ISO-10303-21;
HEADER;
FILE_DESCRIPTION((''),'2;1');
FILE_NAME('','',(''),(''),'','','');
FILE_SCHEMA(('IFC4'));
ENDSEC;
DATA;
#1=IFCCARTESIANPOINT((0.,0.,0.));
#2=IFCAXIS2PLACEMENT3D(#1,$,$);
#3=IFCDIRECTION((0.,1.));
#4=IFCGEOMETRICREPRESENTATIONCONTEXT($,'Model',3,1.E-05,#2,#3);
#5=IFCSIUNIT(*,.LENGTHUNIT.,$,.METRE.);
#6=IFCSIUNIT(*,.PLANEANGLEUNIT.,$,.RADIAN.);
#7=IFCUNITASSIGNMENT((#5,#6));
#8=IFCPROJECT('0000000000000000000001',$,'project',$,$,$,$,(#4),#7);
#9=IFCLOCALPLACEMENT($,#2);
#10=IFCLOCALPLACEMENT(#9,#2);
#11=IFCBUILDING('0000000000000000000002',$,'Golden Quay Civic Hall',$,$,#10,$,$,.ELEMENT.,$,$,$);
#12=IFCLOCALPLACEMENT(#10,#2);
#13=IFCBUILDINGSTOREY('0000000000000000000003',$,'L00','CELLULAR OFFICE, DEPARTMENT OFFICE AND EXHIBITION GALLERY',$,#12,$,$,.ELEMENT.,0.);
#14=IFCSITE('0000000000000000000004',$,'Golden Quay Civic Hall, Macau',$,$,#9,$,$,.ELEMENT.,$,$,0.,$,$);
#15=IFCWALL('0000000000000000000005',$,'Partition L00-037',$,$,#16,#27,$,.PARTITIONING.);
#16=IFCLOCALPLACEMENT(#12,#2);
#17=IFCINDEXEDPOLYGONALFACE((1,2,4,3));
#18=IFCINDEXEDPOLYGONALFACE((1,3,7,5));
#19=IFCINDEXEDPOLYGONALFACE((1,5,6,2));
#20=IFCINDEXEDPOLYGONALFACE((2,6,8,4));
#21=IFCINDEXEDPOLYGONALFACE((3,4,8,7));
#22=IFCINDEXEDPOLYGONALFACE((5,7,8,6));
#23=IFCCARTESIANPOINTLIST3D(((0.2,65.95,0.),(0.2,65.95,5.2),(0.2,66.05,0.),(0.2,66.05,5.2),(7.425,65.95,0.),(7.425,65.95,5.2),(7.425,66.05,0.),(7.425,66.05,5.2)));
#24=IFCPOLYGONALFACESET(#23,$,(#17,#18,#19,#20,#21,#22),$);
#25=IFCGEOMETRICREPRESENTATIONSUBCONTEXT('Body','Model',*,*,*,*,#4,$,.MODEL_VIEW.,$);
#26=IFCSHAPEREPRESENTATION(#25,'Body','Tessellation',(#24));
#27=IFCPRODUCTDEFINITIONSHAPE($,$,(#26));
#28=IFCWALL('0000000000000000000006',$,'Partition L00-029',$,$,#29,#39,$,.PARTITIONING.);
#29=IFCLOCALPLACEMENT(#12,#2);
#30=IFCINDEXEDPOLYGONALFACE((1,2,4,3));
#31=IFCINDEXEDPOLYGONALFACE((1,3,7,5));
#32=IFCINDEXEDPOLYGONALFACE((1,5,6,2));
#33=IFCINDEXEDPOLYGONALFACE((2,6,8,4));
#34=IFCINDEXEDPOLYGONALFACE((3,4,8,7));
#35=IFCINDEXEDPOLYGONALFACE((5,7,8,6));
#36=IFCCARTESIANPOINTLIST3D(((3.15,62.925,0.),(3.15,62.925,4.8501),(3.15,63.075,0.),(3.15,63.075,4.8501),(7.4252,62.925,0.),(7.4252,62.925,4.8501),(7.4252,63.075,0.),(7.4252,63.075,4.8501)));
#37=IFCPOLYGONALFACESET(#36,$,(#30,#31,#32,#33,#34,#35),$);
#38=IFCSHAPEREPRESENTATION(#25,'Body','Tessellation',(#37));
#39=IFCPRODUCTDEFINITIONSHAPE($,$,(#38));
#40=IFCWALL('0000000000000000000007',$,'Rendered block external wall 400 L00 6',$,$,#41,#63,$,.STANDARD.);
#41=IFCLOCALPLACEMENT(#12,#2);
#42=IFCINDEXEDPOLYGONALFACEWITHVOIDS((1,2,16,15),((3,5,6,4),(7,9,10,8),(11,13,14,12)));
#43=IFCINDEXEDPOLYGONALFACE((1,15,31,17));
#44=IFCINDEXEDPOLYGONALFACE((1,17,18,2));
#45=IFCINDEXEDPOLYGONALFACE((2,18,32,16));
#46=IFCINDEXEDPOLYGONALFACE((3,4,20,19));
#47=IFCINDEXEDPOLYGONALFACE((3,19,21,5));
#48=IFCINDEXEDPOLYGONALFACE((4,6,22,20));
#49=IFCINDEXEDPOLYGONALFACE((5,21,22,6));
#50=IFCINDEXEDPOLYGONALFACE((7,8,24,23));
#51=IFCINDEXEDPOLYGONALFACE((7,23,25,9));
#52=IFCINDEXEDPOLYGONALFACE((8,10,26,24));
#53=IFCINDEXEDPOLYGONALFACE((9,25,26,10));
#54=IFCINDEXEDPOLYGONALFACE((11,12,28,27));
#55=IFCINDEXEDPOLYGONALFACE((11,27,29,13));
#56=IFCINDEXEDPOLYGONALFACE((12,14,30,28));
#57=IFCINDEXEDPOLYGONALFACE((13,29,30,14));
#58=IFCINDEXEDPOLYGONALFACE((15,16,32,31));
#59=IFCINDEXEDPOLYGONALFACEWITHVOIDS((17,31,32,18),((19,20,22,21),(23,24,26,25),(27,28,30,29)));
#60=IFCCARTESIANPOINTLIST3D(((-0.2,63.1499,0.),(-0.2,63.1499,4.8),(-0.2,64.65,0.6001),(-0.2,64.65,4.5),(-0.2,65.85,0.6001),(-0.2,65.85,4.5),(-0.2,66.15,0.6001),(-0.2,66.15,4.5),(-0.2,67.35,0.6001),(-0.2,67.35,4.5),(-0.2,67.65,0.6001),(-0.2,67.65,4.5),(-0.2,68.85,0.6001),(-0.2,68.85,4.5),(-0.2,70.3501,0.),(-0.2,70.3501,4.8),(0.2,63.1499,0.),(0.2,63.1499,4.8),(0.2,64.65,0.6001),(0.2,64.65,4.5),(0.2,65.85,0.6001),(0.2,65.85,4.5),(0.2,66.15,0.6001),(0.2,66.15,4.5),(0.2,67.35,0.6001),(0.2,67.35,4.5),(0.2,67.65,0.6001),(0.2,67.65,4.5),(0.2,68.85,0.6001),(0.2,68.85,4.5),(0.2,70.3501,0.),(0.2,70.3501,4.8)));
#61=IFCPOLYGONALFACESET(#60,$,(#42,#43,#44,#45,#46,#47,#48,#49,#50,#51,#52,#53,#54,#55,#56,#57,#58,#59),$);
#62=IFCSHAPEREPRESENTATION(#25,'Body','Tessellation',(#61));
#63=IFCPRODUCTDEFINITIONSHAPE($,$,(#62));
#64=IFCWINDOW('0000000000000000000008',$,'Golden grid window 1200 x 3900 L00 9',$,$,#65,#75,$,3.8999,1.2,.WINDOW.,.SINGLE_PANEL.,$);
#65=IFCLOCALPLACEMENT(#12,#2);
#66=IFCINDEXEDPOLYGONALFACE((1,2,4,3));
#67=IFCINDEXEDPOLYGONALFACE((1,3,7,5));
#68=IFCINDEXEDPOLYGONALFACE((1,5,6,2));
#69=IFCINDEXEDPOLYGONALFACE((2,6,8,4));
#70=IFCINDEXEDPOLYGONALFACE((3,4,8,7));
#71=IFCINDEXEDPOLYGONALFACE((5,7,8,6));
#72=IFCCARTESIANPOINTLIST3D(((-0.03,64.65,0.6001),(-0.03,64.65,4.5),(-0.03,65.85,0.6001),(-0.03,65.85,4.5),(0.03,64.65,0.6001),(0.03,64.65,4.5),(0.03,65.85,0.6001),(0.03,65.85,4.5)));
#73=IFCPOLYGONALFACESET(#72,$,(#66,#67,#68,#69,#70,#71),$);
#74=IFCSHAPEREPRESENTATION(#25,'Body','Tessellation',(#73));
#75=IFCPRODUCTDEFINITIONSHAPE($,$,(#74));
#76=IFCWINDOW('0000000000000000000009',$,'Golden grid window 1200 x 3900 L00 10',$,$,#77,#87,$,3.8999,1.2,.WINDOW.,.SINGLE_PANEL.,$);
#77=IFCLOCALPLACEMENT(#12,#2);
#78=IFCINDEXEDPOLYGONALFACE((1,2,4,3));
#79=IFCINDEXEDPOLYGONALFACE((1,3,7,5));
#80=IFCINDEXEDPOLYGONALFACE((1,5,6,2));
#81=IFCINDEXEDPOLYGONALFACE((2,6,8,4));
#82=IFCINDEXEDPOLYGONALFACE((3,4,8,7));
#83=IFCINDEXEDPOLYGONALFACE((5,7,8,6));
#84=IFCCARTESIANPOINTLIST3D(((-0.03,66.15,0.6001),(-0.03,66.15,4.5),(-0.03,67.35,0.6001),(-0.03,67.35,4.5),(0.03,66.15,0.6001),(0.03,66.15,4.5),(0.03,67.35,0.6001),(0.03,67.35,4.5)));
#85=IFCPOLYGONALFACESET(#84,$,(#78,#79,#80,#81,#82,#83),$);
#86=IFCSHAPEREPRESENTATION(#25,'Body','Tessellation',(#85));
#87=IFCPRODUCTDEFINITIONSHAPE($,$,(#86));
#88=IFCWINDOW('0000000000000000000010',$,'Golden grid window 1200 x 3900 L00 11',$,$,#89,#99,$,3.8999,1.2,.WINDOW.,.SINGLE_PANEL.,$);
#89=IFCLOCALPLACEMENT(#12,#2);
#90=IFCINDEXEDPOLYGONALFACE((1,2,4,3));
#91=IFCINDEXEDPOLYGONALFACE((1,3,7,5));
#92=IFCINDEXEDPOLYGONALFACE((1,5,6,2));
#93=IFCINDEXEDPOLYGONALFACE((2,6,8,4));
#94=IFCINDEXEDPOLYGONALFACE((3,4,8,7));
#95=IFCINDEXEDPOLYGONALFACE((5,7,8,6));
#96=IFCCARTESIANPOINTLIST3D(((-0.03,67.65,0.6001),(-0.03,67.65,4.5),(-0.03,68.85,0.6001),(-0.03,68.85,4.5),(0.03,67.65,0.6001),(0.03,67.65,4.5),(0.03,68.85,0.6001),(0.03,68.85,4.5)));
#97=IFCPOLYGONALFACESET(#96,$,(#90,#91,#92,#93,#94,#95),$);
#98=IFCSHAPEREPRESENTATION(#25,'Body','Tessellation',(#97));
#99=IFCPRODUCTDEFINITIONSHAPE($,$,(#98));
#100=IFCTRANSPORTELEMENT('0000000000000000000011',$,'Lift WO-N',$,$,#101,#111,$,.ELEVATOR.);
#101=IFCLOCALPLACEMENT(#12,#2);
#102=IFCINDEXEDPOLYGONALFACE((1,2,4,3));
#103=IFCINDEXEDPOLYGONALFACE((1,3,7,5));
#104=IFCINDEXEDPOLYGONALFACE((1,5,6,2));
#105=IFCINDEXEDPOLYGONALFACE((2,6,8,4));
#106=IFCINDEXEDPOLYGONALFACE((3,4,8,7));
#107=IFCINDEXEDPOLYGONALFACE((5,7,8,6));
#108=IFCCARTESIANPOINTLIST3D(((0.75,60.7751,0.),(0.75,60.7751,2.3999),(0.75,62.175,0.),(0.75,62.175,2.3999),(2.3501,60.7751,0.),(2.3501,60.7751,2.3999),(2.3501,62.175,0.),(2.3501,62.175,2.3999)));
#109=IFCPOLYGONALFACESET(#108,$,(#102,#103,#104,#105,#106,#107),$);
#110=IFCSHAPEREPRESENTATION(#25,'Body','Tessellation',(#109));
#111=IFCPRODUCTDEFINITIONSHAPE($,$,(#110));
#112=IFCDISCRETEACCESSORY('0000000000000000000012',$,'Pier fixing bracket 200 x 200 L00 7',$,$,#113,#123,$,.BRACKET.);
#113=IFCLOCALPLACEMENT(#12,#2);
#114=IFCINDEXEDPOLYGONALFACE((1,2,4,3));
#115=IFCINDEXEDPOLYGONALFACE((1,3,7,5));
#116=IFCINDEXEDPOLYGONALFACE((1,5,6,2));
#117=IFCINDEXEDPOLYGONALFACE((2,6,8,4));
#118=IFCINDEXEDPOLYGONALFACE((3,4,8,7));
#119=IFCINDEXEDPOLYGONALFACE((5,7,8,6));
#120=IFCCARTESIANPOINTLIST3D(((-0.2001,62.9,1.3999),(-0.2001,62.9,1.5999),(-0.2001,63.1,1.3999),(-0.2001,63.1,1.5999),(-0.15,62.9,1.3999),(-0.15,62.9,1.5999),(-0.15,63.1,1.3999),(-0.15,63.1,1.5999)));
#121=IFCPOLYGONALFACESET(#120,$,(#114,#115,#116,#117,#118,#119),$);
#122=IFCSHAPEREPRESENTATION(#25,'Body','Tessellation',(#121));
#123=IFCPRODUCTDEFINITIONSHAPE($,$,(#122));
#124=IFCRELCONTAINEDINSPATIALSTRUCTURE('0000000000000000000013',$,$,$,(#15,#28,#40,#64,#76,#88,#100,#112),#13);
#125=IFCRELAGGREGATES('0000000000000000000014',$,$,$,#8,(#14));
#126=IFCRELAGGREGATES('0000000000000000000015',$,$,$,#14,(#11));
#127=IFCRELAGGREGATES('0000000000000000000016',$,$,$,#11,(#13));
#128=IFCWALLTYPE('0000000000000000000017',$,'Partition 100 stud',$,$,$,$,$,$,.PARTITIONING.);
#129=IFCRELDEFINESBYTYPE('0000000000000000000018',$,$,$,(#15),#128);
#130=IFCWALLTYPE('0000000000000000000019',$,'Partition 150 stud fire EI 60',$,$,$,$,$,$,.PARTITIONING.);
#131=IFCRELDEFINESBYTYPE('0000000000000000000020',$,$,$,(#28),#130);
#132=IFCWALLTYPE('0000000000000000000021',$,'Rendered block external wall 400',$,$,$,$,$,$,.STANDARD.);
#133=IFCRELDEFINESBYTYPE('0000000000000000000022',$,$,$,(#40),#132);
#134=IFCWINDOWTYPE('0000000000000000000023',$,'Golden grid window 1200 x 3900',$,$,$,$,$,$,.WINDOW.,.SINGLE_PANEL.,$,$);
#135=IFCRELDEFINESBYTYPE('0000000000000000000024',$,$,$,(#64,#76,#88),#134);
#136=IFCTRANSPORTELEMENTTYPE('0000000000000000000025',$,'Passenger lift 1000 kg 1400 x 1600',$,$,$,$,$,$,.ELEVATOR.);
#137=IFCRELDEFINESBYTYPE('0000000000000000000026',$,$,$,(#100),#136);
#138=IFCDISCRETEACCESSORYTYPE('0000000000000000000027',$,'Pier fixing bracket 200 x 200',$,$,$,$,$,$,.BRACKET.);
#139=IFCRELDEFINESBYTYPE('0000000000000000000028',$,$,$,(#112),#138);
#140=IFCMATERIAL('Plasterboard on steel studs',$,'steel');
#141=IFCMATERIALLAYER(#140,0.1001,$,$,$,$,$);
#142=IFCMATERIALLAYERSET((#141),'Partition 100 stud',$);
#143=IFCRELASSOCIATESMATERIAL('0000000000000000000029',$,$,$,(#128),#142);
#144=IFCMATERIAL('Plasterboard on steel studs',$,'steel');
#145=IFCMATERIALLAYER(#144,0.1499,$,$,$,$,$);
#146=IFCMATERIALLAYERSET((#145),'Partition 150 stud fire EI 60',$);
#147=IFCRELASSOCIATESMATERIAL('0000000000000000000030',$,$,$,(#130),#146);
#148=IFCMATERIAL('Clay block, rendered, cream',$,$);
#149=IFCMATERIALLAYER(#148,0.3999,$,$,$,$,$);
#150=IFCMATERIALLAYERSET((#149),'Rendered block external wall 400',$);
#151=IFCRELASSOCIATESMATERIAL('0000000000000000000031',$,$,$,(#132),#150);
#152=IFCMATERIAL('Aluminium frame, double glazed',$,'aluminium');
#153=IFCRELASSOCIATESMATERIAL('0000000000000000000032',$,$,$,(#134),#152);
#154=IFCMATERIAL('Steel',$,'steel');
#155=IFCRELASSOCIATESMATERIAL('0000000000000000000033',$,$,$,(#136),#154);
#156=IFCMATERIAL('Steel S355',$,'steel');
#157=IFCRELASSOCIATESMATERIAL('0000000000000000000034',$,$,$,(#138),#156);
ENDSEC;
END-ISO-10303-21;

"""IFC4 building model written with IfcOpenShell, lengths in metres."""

from ifc_helpers import new_model, si_unit, direction, frame, frame_2d, origin, origin_2d, place, context, subcontext, project, spatial, rectangle, extrude, material, layer, layer_set, type_object, element, fill, save


model = new_model("IFC4")

# Units and contexts
model_context = context("Model", 3, precision=1e-05, world=origin(), true_north=direction((0.0, 1.0)))
body_context = subcontext(model_context, "Body", "Model", "MODEL_VIEW")
ifc_project = project(units=[si_unit("LENGTHUNIT", "METRE"), si_unit("PLANEANGLEUNIT", "RADIAN")], contexts=[model_context])

# Site, building, storey
site_placement = place(None, origin())
site = spatial("IfcSite", under=ifc_project, at=site_placement, Name="Golden Quay Civic Hall, Macau", CompositionType="ELEMENT", RefElevation=0.0)
building_placement = place(site_placement, origin())
building = spatial("IfcBuilding", under=site, at=building_placement, Name="Golden Quay Civic Hall", CompositionType="ELEMENT")
storey_placement = place(building_placement, origin())
storey = spatial("IfcBuildingStorey", under=building, at=storey_placement, Name="L00", Description="CELLULAR OFFICE, DEPARTMENT OFFICE AND EXHIBITION GALLERY", CompositionType="ELEMENT", Elevation=0.0)

# Walls
ifc_material_1 = material(Name="Plasterboard on steel studs", Category="steel")
ifc_layer_1 = layer(ifc_material_1, 0.1001)
ifc_layer_set_1 = layer_set([ifc_layer_1], Name="Partition 100 stud")
wall_type_1 = type_object("IfcWallType", Name="Partition 100 stud", PredefinedType="PARTITIONING", material=ifc_layer_set_1)
wall_1_placement = place(storey_placement, frame((0.2, 66.0, 0.0), z_axis=(0.0, 0.0, 1.0), x_axis=(1.0, 0.0, 0.0)))
element("IfcWall", 1, at=wall_1_placement, inside=storey, type_object=wall_type_1, Name="Partition L00-037", PredefinedType="PARTITIONING", context=body_context, shape_type="SweptSolid", body=[
    extrude(rectangle(XDim=7.2251, YDim=0.1001, at=frame_2d((3.6125, 0.0))), origin(), (0.0, 0.0, 1.0), 5.2),
])
ifc_material_2 = material(Name="Plasterboard on steel studs", Category="steel")
ifc_layer_2 = layer(ifc_material_2, 0.1499)
ifc_layer_set_2 = layer_set([ifc_layer_2], Name="Partition 150 stud fire EI 60")
wall_type_2 = type_object("IfcWallType", Name="Partition 150 stud fire EI 60", PredefinedType="PARTITIONING", material=ifc_layer_set_2)
wall_2_placement = place(storey_placement, frame((3.1499, 63.0, 0.0), z_axis=(0.0, 0.0, 1.0), x_axis=(1.0, 0.0, 0.0)))
element("IfcWall", 2, at=wall_2_placement, inside=storey, type_object=wall_type_2, Name="Partition L00-029", PredefinedType="PARTITIONING", context=body_context, shape_type="SweptSolid", body=[
    extrude(rectangle(XDim=4.2751, YDim=0.1499, at=frame_2d((2.1377, 0.0))), origin(), (0.0, 0.0, 1.0), 4.8501),
])

# Wall, openings, windows
ifc_material_3 = material(Name="Clay block, rendered, cream")
ifc_layer_3 = layer(ifc_material_3, 0.3999)
ifc_layer_set_3 = layer_set([ifc_layer_3], Name="Rendered block external wall 400")
wall_type_3 = type_object("IfcWallType", Name="Rendered block external wall 400", PredefinedType="STANDARD", material=ifc_layer_set_3)
wall_3_placement = place(storey_placement, frame((0.0, 63.1499, 0.0), z_axis=(0.0, 0.0, 1.0), x_axis=(0.0, 1.0, 0.0)))
wall_3 = element("IfcWall", 3, at=wall_3_placement, inside=storey, type_object=wall_type_3, Name="Rendered block external wall 400 L00 6", PredefinedType="STANDARD", context=body_context, shape_type="SweptSolid", body=[
    extrude(rectangle(XDim=7.2002, YDim=0.3999, at=frame_2d((3.6001, 0.0))), origin(), (0.0, 0.0, 1.0), 4.8),
])
opening_1_placement = place(wall_3_placement, frame((1.5, 0.0, 0.6001)))
opening_1 = element("IfcOpeningElement", 4, at=opening_1_placement, cuts=wall_3, PredefinedType="OPENING", context=body_context, shape_type="SweptSolid", body=[
    extrude(rectangle(XDim=1.2, YDim=3.8999, at=frame_2d((0.6001, 1.95))), frame((0.0, 0.21, 0.0), z_axis=(0.0, -1.0, 0.0), x_axis=(1.0, 0.0, 0.0)), (0.0, 0.0, 1.0), 0.4199),
])
opening_2_placement = place(wall_3_placement, frame((3.0, 0.0, 0.6001)))
opening_2 = element("IfcOpeningElement", 5, at=opening_2_placement, cuts=wall_3, PredefinedType="OPENING", context=body_context, shape_type="SweptSolid", body=[
    extrude(rectangle(XDim=1.2, YDim=3.8999, at=frame_2d((0.6001, 1.95))), frame((0.0, 0.21, 0.0), z_axis=(0.0, -1.0, 0.0), x_axis=(1.0, 0.0, 0.0)), (0.0, 0.0, 1.0), 0.4199),
])
opening_3_placement = place(wall_3_placement, frame((4.5, 0.0, 0.6001)))
opening_3 = element("IfcOpeningElement", 6, at=opening_3_placement, cuts=wall_3, PredefinedType="OPENING", context=body_context, shape_type="SweptSolid", body=[
    extrude(rectangle(XDim=1.2, YDim=3.8999, at=frame_2d((0.6001, 1.95))), frame((0.0, 0.21, 0.0), z_axis=(0.0, -1.0, 0.0), x_axis=(1.0, 0.0, 0.0)), (0.0, 0.0, 1.0), 0.4199),
])
ifc_material_4 = material(Name="Aluminium frame, double glazed", Category="aluminium")
window_type = type_object("IfcWindowType", Name="Golden grid window 1200 x 3900", PartitioningType="SINGLE_PANEL", PredefinedType="WINDOW", material=ifc_material_4)
window_1_placement = place(opening_1_placement, origin())
window_1 = element("IfcWindow", 7, at=window_1_placement, inside=storey, type_object=window_type, Name="Golden grid window 1200 x 3900 L00 9", OverallHeight=3.8999, OverallWidth=1.2, PartitioningType="SINGLE_PANEL", PredefinedType="WINDOW", context=body_context, shape_type="SweptSolid", body=[
    extrude(rectangle(XDim=1.2, YDim=3.8999, at=frame_2d((0.6001, 1.95))), frame((0.0, 0.03, 0.0), z_axis=(0.0, -1.0, 0.0), x_axis=(1.0, 0.0, 0.0)), (0.0, 0.0, 1.0), 0.0601),
])
fill(opening_1, window_1)
window_2_placement = place(opening_2_placement, origin())
window_2 = element("IfcWindow", 8, at=window_2_placement, inside=storey, type_object=window_type, Name="Golden grid window 1200 x 3900 L00 10", OverallHeight=3.8999, OverallWidth=1.2, PartitioningType="SINGLE_PANEL", PredefinedType="WINDOW", context=body_context, shape_type="SweptSolid", body=[
    extrude(rectangle(XDim=1.2, YDim=3.8999, at=frame_2d((0.6001, 1.95))), frame((0.0, 0.03, 0.0), z_axis=(0.0, -1.0, 0.0), x_axis=(1.0, 0.0, 0.0)), (0.0, 0.0, 1.0), 0.0601),
])
fill(opening_2, window_2)
window_3_placement = place(opening_3_placement, origin())
window_3 = element("IfcWindow", 9, at=window_3_placement, inside=storey, type_object=window_type, Name="Golden grid window 1200 x 3900 L00 11", OverallHeight=3.8999, OverallWidth=1.2, PartitioningType="SINGLE_PANEL", PredefinedType="WINDOW", context=body_context, shape_type="SweptSolid", body=[
    extrude(rectangle(XDim=1.2, YDim=3.8999, at=frame_2d((0.6001, 1.95))), frame((0.0, 0.03, 0.0), z_axis=(0.0, -1.0, 0.0), x_axis=(1.0, 0.0, 0.0)), (0.0, 0.0, 1.0), 0.0601),
])
fill(opening_3, window_3)

# Transport element
ifc_material_5 = material(Name="Steel", Category="steel")
transport_element_type = type_object("IfcTransportElementType", Name="Passenger lift 1000 kg 1400 x 1600", PredefinedType="ELEVATOR", material=ifc_material_5)
transport_element_placement = place(storey_placement, frame((1.55, 61.4751, 0.0), z_axis=(0.0, 0.0, 1.0), x_axis=(1.0, 0.0, 0.0)))
element("IfcTransportElement", 10, at=transport_element_placement, inside=storey, type_object=transport_element_type, Name="Lift WO-N", PredefinedType="ELEVATOR", context=body_context, shape_type="SweptSolid", body=[
    extrude(rectangle(XDim=1.6001, YDim=1.3999, at=origin_2d()), origin(), (0.0, 0.0, 1.0), 2.3999),
])

# Discrete accessory
ifc_material_6 = material(Name="Steel S355", Category="steel")
discrete_accessory_type = type_object("IfcDiscreteAccessoryType", Name="Pier fixing bracket 200 x 200", PredefinedType="BRACKET", material=ifc_material_6)
discrete_accessory_placement = place(storey_placement, frame((-0.175, 63.0, 1.3999), z_axis=(0.0, 0.0, 1.0), x_axis=(0.0, -1.0, 0.0)))
element("IfcDiscreteAccessory", 11, at=discrete_accessory_placement, inside=storey, type_object=discrete_accessory_type, Name="Pier fixing bracket 200 x 200 L00 7", PredefinedType="BRACKET", context=body_context, shape_type="SweptSolid", body=[
    extrude(rectangle(XDim=0.2, YDim=0.05, at=origin_2d()), origin(), (0.0, 0.0, 1.0), 0.2),
])

save(model, "model.ifc")
